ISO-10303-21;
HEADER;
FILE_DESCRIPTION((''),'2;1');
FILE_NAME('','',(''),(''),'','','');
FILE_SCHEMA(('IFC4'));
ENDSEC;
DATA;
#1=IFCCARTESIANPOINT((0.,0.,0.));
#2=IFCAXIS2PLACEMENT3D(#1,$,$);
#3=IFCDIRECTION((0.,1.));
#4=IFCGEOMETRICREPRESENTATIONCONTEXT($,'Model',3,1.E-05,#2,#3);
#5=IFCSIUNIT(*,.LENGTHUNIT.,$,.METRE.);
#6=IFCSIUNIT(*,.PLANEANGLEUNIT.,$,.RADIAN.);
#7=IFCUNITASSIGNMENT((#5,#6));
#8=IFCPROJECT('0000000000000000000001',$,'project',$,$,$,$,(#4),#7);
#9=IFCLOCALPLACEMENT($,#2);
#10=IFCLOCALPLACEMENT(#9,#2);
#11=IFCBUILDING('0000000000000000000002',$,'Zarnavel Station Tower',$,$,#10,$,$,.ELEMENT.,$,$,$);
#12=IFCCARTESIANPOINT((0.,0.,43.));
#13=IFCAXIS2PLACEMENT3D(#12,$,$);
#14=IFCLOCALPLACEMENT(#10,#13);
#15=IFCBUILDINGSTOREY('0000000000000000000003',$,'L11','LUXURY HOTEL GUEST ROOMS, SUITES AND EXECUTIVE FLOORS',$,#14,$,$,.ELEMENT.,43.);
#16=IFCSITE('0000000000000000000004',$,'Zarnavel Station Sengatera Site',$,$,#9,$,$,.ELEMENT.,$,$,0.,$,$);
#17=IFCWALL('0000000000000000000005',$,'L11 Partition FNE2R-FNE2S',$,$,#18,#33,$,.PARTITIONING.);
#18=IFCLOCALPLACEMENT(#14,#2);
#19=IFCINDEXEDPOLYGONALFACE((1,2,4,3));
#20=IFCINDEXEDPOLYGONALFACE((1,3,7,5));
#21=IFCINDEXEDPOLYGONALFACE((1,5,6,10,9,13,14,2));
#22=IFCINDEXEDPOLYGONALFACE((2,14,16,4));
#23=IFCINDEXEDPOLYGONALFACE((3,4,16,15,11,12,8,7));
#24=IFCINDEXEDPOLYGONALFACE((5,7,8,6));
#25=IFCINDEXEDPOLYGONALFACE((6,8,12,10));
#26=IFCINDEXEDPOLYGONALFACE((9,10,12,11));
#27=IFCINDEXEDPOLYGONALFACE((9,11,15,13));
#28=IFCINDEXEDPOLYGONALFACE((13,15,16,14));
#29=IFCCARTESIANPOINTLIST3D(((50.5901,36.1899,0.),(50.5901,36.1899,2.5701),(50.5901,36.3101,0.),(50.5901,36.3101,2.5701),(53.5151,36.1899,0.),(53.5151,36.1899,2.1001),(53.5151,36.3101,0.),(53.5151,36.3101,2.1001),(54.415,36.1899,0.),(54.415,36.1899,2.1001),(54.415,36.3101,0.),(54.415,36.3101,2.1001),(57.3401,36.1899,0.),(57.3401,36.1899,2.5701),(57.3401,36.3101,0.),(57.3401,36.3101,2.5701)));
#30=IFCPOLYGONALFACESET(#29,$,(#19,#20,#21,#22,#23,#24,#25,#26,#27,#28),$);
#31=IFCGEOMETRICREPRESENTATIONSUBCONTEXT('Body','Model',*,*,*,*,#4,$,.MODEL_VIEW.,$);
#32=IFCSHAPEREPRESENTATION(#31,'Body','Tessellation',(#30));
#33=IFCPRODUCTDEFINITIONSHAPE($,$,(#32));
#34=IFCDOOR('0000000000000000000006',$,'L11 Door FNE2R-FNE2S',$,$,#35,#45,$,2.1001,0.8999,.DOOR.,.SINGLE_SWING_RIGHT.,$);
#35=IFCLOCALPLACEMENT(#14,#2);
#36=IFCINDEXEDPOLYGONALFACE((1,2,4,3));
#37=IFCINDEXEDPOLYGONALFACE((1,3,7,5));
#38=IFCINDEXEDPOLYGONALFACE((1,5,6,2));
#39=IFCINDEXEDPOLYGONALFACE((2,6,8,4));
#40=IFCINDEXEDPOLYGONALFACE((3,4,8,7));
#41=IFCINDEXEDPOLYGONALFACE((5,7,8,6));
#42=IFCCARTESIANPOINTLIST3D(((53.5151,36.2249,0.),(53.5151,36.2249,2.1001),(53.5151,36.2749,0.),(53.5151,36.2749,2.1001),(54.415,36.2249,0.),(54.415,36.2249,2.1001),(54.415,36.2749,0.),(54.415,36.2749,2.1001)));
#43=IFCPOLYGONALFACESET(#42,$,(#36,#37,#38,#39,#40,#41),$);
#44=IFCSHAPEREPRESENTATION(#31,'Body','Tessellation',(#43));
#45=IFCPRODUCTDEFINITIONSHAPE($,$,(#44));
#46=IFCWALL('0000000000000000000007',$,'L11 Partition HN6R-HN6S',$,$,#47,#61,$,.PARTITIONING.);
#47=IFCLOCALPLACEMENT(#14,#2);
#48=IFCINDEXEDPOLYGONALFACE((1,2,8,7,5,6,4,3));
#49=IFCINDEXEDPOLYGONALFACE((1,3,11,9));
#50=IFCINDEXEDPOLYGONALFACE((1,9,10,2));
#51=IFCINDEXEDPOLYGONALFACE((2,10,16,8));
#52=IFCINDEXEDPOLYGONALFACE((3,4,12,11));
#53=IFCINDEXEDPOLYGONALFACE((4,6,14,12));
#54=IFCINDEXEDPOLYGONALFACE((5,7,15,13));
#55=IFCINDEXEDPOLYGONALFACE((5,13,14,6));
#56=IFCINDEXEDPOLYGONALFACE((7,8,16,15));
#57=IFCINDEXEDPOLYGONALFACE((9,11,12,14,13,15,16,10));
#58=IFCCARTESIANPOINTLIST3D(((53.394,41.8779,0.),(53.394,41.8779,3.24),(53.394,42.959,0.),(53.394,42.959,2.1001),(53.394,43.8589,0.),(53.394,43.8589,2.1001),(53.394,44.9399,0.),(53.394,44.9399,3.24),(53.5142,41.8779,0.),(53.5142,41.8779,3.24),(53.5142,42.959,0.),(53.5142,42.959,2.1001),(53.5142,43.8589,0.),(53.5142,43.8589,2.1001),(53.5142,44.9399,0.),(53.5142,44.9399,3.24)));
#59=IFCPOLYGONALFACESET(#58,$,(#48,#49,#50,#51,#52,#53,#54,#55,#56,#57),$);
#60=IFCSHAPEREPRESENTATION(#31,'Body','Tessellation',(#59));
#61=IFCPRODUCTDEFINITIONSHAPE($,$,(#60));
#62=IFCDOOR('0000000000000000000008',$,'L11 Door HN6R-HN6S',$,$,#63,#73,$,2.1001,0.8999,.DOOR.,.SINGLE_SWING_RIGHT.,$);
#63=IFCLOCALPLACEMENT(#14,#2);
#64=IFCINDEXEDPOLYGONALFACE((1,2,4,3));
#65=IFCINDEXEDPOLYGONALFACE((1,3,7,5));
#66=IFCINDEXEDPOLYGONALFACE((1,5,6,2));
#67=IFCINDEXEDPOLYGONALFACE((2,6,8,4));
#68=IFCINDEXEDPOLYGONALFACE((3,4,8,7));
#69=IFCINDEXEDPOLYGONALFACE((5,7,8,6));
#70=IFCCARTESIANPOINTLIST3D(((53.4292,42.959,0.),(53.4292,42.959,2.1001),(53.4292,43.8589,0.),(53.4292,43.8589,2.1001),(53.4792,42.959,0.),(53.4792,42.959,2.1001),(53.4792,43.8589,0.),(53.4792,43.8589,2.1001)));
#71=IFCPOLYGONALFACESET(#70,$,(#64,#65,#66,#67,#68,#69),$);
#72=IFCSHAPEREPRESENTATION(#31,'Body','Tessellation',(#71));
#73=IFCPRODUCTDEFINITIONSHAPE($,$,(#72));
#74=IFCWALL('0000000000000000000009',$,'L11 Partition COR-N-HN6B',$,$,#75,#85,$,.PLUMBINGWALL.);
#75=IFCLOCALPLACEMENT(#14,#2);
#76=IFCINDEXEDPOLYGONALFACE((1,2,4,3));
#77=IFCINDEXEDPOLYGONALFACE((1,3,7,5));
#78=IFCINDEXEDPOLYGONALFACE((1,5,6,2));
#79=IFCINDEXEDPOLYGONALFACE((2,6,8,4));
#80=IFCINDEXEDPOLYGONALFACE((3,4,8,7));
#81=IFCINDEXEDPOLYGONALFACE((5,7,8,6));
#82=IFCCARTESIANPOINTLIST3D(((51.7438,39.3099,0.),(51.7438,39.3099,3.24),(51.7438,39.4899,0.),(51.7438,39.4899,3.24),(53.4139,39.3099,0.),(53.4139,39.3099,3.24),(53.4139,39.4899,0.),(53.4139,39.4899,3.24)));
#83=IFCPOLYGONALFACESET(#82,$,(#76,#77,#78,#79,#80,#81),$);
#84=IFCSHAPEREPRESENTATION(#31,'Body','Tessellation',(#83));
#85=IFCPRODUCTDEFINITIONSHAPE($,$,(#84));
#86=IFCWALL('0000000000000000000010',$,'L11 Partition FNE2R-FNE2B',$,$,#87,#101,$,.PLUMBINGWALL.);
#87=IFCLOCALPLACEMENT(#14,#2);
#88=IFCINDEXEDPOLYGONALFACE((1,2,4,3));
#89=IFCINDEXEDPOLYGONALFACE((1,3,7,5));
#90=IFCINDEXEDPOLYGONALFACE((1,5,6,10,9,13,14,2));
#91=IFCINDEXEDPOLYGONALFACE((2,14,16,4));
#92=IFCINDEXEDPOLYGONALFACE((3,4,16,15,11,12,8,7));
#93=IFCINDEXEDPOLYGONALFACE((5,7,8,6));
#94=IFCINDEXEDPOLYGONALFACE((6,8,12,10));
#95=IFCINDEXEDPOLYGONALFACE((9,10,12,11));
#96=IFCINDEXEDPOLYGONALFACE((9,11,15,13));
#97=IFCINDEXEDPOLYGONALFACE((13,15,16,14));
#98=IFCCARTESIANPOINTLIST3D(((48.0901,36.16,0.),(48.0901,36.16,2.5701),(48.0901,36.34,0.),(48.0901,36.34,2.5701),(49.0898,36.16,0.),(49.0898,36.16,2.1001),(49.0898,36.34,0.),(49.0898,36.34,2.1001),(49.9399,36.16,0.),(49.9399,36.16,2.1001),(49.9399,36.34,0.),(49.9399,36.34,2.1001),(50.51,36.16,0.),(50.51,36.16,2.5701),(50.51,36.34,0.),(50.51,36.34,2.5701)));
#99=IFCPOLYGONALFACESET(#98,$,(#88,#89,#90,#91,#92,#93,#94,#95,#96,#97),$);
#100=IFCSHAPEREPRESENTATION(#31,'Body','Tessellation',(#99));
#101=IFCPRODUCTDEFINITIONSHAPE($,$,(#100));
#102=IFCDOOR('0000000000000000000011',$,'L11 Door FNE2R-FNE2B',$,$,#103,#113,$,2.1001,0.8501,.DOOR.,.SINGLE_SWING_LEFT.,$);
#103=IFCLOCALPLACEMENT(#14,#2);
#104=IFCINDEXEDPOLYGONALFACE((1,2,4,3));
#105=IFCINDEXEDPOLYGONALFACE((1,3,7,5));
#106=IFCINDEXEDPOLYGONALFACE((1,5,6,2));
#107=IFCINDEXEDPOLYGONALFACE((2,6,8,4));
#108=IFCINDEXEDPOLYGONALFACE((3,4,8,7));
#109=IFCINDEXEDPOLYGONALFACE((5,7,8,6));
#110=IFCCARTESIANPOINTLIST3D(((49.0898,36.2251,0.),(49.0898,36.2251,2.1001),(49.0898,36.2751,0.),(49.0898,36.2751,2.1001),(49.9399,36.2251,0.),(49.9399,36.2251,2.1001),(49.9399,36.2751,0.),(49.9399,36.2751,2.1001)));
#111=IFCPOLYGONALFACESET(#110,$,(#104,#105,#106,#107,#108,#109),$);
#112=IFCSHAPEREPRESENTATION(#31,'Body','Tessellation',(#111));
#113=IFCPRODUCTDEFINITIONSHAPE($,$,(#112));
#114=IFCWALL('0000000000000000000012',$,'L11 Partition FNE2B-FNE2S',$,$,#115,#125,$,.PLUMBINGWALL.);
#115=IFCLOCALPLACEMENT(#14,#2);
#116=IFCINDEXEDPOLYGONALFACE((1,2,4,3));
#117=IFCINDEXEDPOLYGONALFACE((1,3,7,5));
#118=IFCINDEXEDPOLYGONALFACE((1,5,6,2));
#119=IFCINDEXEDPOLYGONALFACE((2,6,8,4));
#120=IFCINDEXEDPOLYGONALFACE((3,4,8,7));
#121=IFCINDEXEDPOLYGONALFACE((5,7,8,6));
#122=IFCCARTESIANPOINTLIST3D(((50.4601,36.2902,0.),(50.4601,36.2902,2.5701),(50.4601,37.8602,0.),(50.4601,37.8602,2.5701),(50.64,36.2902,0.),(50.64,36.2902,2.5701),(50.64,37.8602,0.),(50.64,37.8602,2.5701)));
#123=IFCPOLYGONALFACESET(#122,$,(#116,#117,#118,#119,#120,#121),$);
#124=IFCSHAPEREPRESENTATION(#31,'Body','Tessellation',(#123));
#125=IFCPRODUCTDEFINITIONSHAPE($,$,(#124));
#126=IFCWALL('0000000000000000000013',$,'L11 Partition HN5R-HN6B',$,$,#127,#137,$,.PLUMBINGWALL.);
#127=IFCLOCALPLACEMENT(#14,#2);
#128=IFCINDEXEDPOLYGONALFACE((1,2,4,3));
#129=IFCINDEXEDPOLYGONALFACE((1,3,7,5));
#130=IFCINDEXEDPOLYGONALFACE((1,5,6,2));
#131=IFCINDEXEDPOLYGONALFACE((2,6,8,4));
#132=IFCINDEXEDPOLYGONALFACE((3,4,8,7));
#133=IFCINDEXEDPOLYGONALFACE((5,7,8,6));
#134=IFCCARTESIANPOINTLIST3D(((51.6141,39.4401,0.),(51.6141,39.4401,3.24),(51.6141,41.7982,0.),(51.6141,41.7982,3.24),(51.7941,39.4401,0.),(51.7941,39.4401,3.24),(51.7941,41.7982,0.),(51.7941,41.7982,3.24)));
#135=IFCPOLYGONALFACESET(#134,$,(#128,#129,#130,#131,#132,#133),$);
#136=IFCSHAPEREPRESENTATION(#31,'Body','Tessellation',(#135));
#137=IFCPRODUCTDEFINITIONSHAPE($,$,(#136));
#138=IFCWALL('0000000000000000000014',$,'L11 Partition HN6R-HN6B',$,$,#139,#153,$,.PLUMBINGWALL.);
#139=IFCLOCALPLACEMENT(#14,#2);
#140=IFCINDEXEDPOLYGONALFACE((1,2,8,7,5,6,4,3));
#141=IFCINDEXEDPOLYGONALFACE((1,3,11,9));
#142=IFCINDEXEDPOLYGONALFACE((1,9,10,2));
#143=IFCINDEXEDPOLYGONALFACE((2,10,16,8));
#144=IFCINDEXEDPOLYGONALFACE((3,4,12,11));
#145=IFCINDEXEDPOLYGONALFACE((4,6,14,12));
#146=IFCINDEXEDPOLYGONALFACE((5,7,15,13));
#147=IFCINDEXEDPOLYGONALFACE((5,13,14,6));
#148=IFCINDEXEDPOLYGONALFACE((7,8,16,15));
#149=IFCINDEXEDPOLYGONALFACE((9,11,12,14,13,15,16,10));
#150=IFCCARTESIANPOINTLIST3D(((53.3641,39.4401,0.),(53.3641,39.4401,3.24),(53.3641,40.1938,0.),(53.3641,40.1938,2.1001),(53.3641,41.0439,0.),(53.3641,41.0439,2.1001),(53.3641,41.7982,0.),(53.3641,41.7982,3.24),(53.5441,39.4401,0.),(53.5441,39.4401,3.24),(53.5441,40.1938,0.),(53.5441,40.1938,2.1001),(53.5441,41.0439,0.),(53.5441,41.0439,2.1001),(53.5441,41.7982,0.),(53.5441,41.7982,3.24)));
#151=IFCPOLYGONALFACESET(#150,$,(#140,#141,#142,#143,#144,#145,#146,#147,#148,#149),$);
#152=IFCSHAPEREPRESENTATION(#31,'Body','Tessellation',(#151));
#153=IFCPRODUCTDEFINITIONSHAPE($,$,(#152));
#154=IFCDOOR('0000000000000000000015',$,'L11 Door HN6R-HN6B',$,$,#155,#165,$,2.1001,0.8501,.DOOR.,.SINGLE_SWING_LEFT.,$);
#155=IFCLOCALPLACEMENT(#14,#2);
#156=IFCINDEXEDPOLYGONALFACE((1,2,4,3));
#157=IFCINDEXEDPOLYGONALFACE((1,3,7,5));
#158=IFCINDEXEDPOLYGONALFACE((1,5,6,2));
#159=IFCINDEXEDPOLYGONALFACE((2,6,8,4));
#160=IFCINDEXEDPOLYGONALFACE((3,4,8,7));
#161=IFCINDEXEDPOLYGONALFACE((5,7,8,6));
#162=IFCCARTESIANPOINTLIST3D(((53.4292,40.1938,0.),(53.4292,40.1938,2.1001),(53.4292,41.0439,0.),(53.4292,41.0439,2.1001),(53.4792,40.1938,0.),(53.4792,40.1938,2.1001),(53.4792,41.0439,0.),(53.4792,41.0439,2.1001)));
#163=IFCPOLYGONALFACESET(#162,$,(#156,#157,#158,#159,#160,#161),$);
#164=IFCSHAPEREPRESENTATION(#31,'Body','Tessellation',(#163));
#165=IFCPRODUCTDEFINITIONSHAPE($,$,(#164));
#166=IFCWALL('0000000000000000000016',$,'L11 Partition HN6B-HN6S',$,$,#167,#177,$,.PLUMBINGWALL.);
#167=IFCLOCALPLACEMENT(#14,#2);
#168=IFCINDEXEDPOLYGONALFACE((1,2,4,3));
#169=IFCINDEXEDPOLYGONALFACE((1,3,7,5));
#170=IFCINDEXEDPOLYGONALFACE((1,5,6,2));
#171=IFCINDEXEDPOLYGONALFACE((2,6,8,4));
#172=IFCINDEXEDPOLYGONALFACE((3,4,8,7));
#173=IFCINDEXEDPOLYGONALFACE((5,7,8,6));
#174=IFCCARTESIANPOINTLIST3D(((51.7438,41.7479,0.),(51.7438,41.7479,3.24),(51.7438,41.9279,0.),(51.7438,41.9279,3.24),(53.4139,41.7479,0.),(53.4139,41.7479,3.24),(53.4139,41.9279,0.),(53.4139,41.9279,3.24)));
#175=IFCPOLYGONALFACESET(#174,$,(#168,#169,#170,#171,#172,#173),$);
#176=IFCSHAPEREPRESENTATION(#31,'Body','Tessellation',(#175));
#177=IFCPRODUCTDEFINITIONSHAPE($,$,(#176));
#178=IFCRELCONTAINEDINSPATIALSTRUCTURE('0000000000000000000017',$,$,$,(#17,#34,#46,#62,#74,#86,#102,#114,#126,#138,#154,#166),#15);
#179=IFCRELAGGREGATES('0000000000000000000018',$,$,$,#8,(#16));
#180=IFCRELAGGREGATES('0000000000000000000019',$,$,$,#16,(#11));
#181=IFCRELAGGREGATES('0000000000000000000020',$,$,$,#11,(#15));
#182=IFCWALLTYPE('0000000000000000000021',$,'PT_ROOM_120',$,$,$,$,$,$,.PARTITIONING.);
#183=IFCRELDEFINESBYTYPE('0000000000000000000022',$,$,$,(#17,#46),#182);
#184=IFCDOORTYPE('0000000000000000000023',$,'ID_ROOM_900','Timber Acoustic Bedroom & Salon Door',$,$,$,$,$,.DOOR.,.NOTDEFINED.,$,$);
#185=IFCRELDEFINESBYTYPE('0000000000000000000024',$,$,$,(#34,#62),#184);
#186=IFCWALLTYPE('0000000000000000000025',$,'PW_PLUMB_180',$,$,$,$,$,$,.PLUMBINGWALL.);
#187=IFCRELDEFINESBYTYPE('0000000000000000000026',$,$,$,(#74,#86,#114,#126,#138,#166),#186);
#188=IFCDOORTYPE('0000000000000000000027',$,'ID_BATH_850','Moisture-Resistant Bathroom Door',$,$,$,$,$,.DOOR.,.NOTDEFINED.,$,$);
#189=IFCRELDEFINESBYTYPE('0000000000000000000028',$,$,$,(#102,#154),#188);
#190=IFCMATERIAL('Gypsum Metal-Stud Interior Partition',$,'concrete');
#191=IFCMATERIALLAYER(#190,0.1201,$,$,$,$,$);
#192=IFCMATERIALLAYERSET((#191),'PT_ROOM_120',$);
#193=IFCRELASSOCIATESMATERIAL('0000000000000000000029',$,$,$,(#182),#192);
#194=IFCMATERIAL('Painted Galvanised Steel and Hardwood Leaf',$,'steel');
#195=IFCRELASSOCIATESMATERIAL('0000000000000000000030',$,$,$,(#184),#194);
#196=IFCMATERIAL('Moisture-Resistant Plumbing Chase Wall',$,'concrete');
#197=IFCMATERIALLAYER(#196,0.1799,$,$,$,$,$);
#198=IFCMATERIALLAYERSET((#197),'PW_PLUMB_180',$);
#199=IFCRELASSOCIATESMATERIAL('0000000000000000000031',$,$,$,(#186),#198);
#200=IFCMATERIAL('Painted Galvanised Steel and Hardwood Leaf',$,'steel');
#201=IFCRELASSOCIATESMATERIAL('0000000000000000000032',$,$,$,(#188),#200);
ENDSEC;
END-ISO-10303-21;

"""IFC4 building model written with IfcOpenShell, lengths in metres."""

from ifc_helpers import new_model, si_unit, direction, frame, frame_2d, origin, place, context, subcontext, project, spatial, rectangle, extrude, material, layer, layer_set, type_object, element, fill, save


model = new_model("IFC4")

# Units and contexts
model_context = context("Model", 3, precision=1e-05, world=origin(), true_north=direction((0.0, 1.0)))
body_context = subcontext(model_context, "Body", "Model", "MODEL_VIEW")
ifc_project = project(units=[si_unit("LENGTHUNIT", "METRE"), si_unit("PLANEANGLEUNIT", "RADIAN")], contexts=[model_context])

# Site, building, storey
site_placement = place(None, origin())
site = spatial("IfcSite", under=ifc_project, at=site_placement, Name="Zarnavel Station Sengatera Site", CompositionType="ELEMENT", RefElevation=0.0)
building_placement = place(site_placement, origin())
building = spatial("IfcBuilding", under=site, at=building_placement, Name="Zarnavel Station Tower", CompositionType="ELEMENT")
storey_placement = place(building_placement, frame((0.0, 0.0, 43.0)))
storey = spatial("IfcBuildingStorey", under=building, at=storey_placement, Name="L11", Description="LUXURY HOTEL GUEST ROOMS, SUITES AND EXECUTIVE FLOORS", CompositionType="ELEMENT", Elevation=43.0)

# Walls, openings, doors
ifc_material_1 = material(Name="Gypsum Metal-Stud Interior Partition", Category="concrete")
ifc_layer_1 = layer(ifc_material_1, 0.1201)
ifc_layer_set_1 = layer_set([ifc_layer_1], Name="PT_ROOM_120")
wall_type_1 = type_object("IfcWallType", Name="PT_ROOM_120", PredefinedType="PARTITIONING", material=ifc_layer_set_1)
wall_1_placement = place(storey_placement, frame((50.5901, 36.25, 0.0), z_axis=(0.0, 0.0, 1.0), x_axis=(1.0, 0.0, 0.0)))
wall_1 = element("IfcWall", 1, at=wall_1_placement, inside=storey, type_object=wall_type_1, Name="L11 Partition FNE2R-FNE2S", PredefinedType="PARTITIONING", context=body_context, shape_type="SweptSolid", body=[
    extrude(rectangle(XDim=6.75, YDim=0.1201, at=frame_2d((3.375, 0.0))), origin(), (0.0, 0.0, 1.0), 2.5701),
])
opening_1_placement = place(wall_1_placement, frame((2.925, 0.0, 0.0)))
opening_1 = element("IfcOpeningElement", 2, at=opening_1_placement, cuts=wall_1, PredefinedType="OPENING", context=body_context, shape_type="SweptSolid", body=[
    extrude(rectangle(XDim=0.8999, YDim=2.1001, at=frame_2d((0.45, 1.05))), frame((0.0, 0.0701, 0.0), z_axis=(0.0, -1.0, 0.0), x_axis=(1.0, 0.0, 0.0)), (0.0, 0.0, 1.0), 0.1401),
])
ifc_material_2 = material(Name="Painted Galvanised Steel and Hardwood Leaf", Category="steel")
door_type_1 = type_object("IfcDoorType", Name="ID_ROOM_900", Description="Timber Acoustic Bedroom & Salon Door", OperationType="NOTDEFINED", PredefinedType="DOOR", material=ifc_material_2)
door_1_placement = place(opening_1_placement, origin())
door_1 = element("IfcDoor", 3, at=door_1_placement, inside=storey, type_object=door_type_1, Name="L11 Door FNE2R-FNE2S", OperationType="SINGLE_SWING_RIGHT", OverallHeight=2.1001, OverallWidth=0.8999, PredefinedType="DOOR", context=body_context, shape_type="SweptSolid", body=[
    extrude(rectangle(XDim=0.8999, YDim=2.1001, at=frame_2d((0.45, 1.05))), frame((0.0, 0.0249, 0.0), z_axis=(0.0, -1.0, 0.0), x_axis=(1.0, 0.0, 0.0)), (0.0, 0.0, 1.0), 0.05),
])
fill(opening_1, door_1)
wall_2_placement = place(storey_placement, frame((53.4541, 41.8779, 0.0), z_axis=(0.0, 0.0, 1.0), x_axis=(0.0, 1.0, 0.0)))
wall_2 = element("IfcWall", 4, at=wall_2_placement, inside=storey, type_object=wall_type_1, Name="L11 Partition HN6R-HN6S", PredefinedType="PARTITIONING", context=body_context, shape_type="SweptSolid", body=[
    extrude(rectangle(XDim=3.062, YDim=0.1201, at=frame_2d((1.531, 0.0))), origin(), (0.0, 0.0, 1.0), 3.24),
])
opening_2_placement = place(wall_2_placement, frame((1.0811, 0.0, 0.0)))
opening_2 = element("IfcOpeningElement", 5, at=opening_2_placement, cuts=wall_2, PredefinedType="OPENING", context=body_context, shape_type="SweptSolid", body=[
    extrude(rectangle(XDim=0.8999, YDim=2.1001, at=frame_2d((0.45, 1.05))), frame((0.0, 0.0701, 0.0), z_axis=(0.0, -1.0, 0.0), x_axis=(1.0, 0.0, 0.0)), (0.0, 0.0, 1.0), 0.1401),
])
door_2_placement = place(opening_2_placement, origin())
door_2 = element("IfcDoor", 6, at=door_2_placement, inside=storey, type_object=door_type_1, Name="L11 Door HN6R-HN6S", OperationType="SINGLE_SWING_RIGHT", OverallHeight=2.1001, OverallWidth=0.8999, PredefinedType="DOOR", context=body_context, shape_type="SweptSolid", body=[
    extrude(rectangle(XDim=0.8999, YDim=2.1001, at=frame_2d((0.45, 1.05))), frame((0.0, 0.0249, 0.0), z_axis=(0.0, -1.0, 0.0), x_axis=(1.0, 0.0, 0.0)), (0.0, 0.0, 1.0), 0.05),
])
fill(opening_2, door_2)

# Wall
ifc_material_3 = material(Name="Moisture-Resistant Plumbing Chase Wall", Category="concrete")
ifc_layer_2 = layer(ifc_material_3, 0.1799)
ifc_layer_set_2 = layer_set([ifc_layer_2], Name="PW_PLUMB_180")
wall_type_2 = type_object("IfcWallType", Name="PW_PLUMB_180", PredefinedType="PLUMBINGWALL", material=ifc_layer_set_2)
wall_3_placement = place(storey_placement, frame((51.7439, 39.3999, 0.0), z_axis=(0.0, 0.0, 1.0), x_axis=(1.0, 0.0, 0.0)))
element("IfcWall", 7, at=wall_3_placement, inside=storey, type_object=wall_type_2, Name="L11 Partition COR-N-HN6B", PredefinedType="PLUMBINGWALL", context=body_context, shape_type="SweptSolid", body=[
    extrude(rectangle(XDim=1.6702, YDim=0.1799, at=frame_2d((0.835, 0.0))), origin(), (0.0, 0.0, 1.0), 3.24),
])

# Wall, opening, door
wall_4_placement = place(storey_placement, frame((50.51, 36.25, 0.0), z_axis=(0.0, 0.0, 1.0), x_axis=(-1.0, 0.0, 0.0)))
wall_4 = element("IfcWall", 8, at=wall_4_placement, inside=storey, type_object=wall_type_2, Name="L11 Partition FNE2R-FNE2B", PredefinedType="PLUMBINGWALL", context=body_context, shape_type="SweptSolid", body=[
    extrude(rectangle(XDim=2.4199, YDim=0.1799, at=frame_2d((1.21, 0.0))), origin(), (0.0, 0.0, 1.0), 2.5701),
])
opening_3_placement = place(wall_4_placement, frame((0.5701, 0.0, 0.0)))
opening_3 = element("IfcOpeningElement", 9, at=opening_3_placement, cuts=wall_4, PredefinedType="OPENING", context=body_context, shape_type="SweptSolid", body=[
    extrude(rectangle(XDim=0.8501, YDim=2.1001, at=frame_2d((0.425, 1.05))), frame((0.0, 0.0999, 0.0), z_axis=(0.0, -1.0, 0.0), x_axis=(1.0, 0.0, 0.0)), (0.0, 0.0, 1.0), 0.2),
])
ifc_material_4 = material(Name="Painted Galvanised Steel and Hardwood Leaf", Category="steel")
door_type_2 = type_object("IfcDoorType", Name="ID_BATH_850", Description="Moisture-Resistant Bathroom Door", OperationType="NOTDEFINED", PredefinedType="DOOR", material=ifc_material_4)
door_3_placement = place(opening_3_placement, origin())
door_3 = element("IfcDoor", 10, at=door_3_placement, inside=storey, type_object=door_type_2, Name="L11 Door FNE2R-FNE2B", OperationType="SINGLE_SWING_LEFT", OverallHeight=2.1001, OverallWidth=0.8501, PredefinedType="DOOR", context=body_context, shape_type="SweptSolid", body=[
    extrude(rectangle(XDim=0.8501, YDim=2.1001, at=frame_2d((0.425, 1.05))), frame((0.0, 0.0249, 0.0), z_axis=(0.0, -1.0, 0.0), x_axis=(1.0, 0.0, 0.0)), (0.0, 0.0, 1.0), 0.05),
])
fill(opening_3, door_3)

# Walls
wall_5_placement = place(storey_placement, frame((50.55, 36.29, 0.0), z_axis=(0.0, 0.0, 1.0), x_axis=(0.0, 1.0, 0.0)))
element("IfcWall", 11, at=wall_5_placement, inside=storey, type_object=wall_type_2, Name="L11 Partition FNE2B-FNE2S", PredefinedType="PLUMBINGWALL", context=body_context, shape_type="SweptSolid", body=[
    extrude(rectangle(XDim=1.5701, YDim=0.1799, at=frame_2d((0.7852, 0.0))), origin(), (0.0, 0.0, 1.0), 2.5701),
])
wall_6_placement = place(storey_placement, frame((51.7041, 39.4399, 0.0), z_axis=(0.0, 0.0, 1.0), x_axis=(0.0, 1.0, 0.0)))
element("IfcWall", 12, at=wall_6_placement, inside=storey, type_object=wall_type_2, Name="L11 Partition HN5R-HN6B", PredefinedType="PLUMBINGWALL", context=body_context, shape_type="SweptSolid", body=[
    extrude(rectangle(XDim=2.3582, YDim=0.1799, at=frame_2d((1.1792, 0.0))), origin(), (0.0, 0.0, 1.0), 3.24),
])

# Wall, opening, door
wall_7_placement = place(storey_placement, frame((53.4541, 39.4399, 0.0), z_axis=(0.0, 0.0, 1.0), x_axis=(0.0, 1.0, 0.0)))
wall_7 = element("IfcWall", 13, at=wall_7_placement, inside=storey, type_object=wall_type_2, Name="L11 Partition HN6R-HN6B", PredefinedType="PLUMBINGWALL", context=body_context, shape_type="SweptSolid", body=[
    extrude(rectangle(XDim=2.3582, YDim=0.1799, at=frame_2d((1.1792, 0.0))), origin(), (0.0, 0.0, 1.0), 3.24),
])
opening_4_placement = place(wall_7_placement, frame((0.7539, 0.0, 0.0)))
opening_4 = element("IfcOpeningElement", 14, at=opening_4_placement, cuts=wall_7, PredefinedType="OPENING", context=body_context, shape_type="SweptSolid", body=[
    extrude(rectangle(XDim=0.8501, YDim=2.1001, at=frame_2d((0.425, 1.05))), frame((0.0, 0.0999, 0.0), z_axis=(0.0, -1.0, 0.0), x_axis=(1.0, 0.0, 0.0)), (0.0, 0.0, 1.0), 0.2),
])
door_4_placement = place(opening_4_placement, origin())
door_4 = element("IfcDoor", 15, at=door_4_placement, inside=storey, type_object=door_type_2, Name="L11 Door HN6R-HN6B", OperationType="SINGLE_SWING_LEFT", OverallHeight=2.1001, OverallWidth=0.8501, PredefinedType="DOOR", context=body_context, shape_type="SweptSolid", body=[
    extrude(rectangle(XDim=0.8501, YDim=2.1001, at=frame_2d((0.425, 1.05))), frame((0.0, 0.0249, 0.0), z_axis=(0.0, -1.0, 0.0), x_axis=(1.0, 0.0, 0.0)), (0.0, 0.0, 1.0), 0.05),
])
fill(opening_4, door_4)

# Wall
wall_8_placement = place(storey_placement, frame((51.7439, 41.8379, 0.0), z_axis=(0.0, 0.0, 1.0), x_axis=(1.0, 0.0, 0.0)))
element("IfcWall", 16, at=wall_8_placement, inside=storey, type_object=wall_type_2, Name="L11 Partition HN6B-HN6S", PredefinedType="PLUMBINGWALL", context=body_context, shape_type="SweptSolid", body=[
    extrude(rectangle(XDim=1.6702, YDim=0.1799, at=frame_2d((0.835, 0.0))), origin(), (0.0, 0.0, 1.0), 3.24),
])

save(model, "model.ifc")
